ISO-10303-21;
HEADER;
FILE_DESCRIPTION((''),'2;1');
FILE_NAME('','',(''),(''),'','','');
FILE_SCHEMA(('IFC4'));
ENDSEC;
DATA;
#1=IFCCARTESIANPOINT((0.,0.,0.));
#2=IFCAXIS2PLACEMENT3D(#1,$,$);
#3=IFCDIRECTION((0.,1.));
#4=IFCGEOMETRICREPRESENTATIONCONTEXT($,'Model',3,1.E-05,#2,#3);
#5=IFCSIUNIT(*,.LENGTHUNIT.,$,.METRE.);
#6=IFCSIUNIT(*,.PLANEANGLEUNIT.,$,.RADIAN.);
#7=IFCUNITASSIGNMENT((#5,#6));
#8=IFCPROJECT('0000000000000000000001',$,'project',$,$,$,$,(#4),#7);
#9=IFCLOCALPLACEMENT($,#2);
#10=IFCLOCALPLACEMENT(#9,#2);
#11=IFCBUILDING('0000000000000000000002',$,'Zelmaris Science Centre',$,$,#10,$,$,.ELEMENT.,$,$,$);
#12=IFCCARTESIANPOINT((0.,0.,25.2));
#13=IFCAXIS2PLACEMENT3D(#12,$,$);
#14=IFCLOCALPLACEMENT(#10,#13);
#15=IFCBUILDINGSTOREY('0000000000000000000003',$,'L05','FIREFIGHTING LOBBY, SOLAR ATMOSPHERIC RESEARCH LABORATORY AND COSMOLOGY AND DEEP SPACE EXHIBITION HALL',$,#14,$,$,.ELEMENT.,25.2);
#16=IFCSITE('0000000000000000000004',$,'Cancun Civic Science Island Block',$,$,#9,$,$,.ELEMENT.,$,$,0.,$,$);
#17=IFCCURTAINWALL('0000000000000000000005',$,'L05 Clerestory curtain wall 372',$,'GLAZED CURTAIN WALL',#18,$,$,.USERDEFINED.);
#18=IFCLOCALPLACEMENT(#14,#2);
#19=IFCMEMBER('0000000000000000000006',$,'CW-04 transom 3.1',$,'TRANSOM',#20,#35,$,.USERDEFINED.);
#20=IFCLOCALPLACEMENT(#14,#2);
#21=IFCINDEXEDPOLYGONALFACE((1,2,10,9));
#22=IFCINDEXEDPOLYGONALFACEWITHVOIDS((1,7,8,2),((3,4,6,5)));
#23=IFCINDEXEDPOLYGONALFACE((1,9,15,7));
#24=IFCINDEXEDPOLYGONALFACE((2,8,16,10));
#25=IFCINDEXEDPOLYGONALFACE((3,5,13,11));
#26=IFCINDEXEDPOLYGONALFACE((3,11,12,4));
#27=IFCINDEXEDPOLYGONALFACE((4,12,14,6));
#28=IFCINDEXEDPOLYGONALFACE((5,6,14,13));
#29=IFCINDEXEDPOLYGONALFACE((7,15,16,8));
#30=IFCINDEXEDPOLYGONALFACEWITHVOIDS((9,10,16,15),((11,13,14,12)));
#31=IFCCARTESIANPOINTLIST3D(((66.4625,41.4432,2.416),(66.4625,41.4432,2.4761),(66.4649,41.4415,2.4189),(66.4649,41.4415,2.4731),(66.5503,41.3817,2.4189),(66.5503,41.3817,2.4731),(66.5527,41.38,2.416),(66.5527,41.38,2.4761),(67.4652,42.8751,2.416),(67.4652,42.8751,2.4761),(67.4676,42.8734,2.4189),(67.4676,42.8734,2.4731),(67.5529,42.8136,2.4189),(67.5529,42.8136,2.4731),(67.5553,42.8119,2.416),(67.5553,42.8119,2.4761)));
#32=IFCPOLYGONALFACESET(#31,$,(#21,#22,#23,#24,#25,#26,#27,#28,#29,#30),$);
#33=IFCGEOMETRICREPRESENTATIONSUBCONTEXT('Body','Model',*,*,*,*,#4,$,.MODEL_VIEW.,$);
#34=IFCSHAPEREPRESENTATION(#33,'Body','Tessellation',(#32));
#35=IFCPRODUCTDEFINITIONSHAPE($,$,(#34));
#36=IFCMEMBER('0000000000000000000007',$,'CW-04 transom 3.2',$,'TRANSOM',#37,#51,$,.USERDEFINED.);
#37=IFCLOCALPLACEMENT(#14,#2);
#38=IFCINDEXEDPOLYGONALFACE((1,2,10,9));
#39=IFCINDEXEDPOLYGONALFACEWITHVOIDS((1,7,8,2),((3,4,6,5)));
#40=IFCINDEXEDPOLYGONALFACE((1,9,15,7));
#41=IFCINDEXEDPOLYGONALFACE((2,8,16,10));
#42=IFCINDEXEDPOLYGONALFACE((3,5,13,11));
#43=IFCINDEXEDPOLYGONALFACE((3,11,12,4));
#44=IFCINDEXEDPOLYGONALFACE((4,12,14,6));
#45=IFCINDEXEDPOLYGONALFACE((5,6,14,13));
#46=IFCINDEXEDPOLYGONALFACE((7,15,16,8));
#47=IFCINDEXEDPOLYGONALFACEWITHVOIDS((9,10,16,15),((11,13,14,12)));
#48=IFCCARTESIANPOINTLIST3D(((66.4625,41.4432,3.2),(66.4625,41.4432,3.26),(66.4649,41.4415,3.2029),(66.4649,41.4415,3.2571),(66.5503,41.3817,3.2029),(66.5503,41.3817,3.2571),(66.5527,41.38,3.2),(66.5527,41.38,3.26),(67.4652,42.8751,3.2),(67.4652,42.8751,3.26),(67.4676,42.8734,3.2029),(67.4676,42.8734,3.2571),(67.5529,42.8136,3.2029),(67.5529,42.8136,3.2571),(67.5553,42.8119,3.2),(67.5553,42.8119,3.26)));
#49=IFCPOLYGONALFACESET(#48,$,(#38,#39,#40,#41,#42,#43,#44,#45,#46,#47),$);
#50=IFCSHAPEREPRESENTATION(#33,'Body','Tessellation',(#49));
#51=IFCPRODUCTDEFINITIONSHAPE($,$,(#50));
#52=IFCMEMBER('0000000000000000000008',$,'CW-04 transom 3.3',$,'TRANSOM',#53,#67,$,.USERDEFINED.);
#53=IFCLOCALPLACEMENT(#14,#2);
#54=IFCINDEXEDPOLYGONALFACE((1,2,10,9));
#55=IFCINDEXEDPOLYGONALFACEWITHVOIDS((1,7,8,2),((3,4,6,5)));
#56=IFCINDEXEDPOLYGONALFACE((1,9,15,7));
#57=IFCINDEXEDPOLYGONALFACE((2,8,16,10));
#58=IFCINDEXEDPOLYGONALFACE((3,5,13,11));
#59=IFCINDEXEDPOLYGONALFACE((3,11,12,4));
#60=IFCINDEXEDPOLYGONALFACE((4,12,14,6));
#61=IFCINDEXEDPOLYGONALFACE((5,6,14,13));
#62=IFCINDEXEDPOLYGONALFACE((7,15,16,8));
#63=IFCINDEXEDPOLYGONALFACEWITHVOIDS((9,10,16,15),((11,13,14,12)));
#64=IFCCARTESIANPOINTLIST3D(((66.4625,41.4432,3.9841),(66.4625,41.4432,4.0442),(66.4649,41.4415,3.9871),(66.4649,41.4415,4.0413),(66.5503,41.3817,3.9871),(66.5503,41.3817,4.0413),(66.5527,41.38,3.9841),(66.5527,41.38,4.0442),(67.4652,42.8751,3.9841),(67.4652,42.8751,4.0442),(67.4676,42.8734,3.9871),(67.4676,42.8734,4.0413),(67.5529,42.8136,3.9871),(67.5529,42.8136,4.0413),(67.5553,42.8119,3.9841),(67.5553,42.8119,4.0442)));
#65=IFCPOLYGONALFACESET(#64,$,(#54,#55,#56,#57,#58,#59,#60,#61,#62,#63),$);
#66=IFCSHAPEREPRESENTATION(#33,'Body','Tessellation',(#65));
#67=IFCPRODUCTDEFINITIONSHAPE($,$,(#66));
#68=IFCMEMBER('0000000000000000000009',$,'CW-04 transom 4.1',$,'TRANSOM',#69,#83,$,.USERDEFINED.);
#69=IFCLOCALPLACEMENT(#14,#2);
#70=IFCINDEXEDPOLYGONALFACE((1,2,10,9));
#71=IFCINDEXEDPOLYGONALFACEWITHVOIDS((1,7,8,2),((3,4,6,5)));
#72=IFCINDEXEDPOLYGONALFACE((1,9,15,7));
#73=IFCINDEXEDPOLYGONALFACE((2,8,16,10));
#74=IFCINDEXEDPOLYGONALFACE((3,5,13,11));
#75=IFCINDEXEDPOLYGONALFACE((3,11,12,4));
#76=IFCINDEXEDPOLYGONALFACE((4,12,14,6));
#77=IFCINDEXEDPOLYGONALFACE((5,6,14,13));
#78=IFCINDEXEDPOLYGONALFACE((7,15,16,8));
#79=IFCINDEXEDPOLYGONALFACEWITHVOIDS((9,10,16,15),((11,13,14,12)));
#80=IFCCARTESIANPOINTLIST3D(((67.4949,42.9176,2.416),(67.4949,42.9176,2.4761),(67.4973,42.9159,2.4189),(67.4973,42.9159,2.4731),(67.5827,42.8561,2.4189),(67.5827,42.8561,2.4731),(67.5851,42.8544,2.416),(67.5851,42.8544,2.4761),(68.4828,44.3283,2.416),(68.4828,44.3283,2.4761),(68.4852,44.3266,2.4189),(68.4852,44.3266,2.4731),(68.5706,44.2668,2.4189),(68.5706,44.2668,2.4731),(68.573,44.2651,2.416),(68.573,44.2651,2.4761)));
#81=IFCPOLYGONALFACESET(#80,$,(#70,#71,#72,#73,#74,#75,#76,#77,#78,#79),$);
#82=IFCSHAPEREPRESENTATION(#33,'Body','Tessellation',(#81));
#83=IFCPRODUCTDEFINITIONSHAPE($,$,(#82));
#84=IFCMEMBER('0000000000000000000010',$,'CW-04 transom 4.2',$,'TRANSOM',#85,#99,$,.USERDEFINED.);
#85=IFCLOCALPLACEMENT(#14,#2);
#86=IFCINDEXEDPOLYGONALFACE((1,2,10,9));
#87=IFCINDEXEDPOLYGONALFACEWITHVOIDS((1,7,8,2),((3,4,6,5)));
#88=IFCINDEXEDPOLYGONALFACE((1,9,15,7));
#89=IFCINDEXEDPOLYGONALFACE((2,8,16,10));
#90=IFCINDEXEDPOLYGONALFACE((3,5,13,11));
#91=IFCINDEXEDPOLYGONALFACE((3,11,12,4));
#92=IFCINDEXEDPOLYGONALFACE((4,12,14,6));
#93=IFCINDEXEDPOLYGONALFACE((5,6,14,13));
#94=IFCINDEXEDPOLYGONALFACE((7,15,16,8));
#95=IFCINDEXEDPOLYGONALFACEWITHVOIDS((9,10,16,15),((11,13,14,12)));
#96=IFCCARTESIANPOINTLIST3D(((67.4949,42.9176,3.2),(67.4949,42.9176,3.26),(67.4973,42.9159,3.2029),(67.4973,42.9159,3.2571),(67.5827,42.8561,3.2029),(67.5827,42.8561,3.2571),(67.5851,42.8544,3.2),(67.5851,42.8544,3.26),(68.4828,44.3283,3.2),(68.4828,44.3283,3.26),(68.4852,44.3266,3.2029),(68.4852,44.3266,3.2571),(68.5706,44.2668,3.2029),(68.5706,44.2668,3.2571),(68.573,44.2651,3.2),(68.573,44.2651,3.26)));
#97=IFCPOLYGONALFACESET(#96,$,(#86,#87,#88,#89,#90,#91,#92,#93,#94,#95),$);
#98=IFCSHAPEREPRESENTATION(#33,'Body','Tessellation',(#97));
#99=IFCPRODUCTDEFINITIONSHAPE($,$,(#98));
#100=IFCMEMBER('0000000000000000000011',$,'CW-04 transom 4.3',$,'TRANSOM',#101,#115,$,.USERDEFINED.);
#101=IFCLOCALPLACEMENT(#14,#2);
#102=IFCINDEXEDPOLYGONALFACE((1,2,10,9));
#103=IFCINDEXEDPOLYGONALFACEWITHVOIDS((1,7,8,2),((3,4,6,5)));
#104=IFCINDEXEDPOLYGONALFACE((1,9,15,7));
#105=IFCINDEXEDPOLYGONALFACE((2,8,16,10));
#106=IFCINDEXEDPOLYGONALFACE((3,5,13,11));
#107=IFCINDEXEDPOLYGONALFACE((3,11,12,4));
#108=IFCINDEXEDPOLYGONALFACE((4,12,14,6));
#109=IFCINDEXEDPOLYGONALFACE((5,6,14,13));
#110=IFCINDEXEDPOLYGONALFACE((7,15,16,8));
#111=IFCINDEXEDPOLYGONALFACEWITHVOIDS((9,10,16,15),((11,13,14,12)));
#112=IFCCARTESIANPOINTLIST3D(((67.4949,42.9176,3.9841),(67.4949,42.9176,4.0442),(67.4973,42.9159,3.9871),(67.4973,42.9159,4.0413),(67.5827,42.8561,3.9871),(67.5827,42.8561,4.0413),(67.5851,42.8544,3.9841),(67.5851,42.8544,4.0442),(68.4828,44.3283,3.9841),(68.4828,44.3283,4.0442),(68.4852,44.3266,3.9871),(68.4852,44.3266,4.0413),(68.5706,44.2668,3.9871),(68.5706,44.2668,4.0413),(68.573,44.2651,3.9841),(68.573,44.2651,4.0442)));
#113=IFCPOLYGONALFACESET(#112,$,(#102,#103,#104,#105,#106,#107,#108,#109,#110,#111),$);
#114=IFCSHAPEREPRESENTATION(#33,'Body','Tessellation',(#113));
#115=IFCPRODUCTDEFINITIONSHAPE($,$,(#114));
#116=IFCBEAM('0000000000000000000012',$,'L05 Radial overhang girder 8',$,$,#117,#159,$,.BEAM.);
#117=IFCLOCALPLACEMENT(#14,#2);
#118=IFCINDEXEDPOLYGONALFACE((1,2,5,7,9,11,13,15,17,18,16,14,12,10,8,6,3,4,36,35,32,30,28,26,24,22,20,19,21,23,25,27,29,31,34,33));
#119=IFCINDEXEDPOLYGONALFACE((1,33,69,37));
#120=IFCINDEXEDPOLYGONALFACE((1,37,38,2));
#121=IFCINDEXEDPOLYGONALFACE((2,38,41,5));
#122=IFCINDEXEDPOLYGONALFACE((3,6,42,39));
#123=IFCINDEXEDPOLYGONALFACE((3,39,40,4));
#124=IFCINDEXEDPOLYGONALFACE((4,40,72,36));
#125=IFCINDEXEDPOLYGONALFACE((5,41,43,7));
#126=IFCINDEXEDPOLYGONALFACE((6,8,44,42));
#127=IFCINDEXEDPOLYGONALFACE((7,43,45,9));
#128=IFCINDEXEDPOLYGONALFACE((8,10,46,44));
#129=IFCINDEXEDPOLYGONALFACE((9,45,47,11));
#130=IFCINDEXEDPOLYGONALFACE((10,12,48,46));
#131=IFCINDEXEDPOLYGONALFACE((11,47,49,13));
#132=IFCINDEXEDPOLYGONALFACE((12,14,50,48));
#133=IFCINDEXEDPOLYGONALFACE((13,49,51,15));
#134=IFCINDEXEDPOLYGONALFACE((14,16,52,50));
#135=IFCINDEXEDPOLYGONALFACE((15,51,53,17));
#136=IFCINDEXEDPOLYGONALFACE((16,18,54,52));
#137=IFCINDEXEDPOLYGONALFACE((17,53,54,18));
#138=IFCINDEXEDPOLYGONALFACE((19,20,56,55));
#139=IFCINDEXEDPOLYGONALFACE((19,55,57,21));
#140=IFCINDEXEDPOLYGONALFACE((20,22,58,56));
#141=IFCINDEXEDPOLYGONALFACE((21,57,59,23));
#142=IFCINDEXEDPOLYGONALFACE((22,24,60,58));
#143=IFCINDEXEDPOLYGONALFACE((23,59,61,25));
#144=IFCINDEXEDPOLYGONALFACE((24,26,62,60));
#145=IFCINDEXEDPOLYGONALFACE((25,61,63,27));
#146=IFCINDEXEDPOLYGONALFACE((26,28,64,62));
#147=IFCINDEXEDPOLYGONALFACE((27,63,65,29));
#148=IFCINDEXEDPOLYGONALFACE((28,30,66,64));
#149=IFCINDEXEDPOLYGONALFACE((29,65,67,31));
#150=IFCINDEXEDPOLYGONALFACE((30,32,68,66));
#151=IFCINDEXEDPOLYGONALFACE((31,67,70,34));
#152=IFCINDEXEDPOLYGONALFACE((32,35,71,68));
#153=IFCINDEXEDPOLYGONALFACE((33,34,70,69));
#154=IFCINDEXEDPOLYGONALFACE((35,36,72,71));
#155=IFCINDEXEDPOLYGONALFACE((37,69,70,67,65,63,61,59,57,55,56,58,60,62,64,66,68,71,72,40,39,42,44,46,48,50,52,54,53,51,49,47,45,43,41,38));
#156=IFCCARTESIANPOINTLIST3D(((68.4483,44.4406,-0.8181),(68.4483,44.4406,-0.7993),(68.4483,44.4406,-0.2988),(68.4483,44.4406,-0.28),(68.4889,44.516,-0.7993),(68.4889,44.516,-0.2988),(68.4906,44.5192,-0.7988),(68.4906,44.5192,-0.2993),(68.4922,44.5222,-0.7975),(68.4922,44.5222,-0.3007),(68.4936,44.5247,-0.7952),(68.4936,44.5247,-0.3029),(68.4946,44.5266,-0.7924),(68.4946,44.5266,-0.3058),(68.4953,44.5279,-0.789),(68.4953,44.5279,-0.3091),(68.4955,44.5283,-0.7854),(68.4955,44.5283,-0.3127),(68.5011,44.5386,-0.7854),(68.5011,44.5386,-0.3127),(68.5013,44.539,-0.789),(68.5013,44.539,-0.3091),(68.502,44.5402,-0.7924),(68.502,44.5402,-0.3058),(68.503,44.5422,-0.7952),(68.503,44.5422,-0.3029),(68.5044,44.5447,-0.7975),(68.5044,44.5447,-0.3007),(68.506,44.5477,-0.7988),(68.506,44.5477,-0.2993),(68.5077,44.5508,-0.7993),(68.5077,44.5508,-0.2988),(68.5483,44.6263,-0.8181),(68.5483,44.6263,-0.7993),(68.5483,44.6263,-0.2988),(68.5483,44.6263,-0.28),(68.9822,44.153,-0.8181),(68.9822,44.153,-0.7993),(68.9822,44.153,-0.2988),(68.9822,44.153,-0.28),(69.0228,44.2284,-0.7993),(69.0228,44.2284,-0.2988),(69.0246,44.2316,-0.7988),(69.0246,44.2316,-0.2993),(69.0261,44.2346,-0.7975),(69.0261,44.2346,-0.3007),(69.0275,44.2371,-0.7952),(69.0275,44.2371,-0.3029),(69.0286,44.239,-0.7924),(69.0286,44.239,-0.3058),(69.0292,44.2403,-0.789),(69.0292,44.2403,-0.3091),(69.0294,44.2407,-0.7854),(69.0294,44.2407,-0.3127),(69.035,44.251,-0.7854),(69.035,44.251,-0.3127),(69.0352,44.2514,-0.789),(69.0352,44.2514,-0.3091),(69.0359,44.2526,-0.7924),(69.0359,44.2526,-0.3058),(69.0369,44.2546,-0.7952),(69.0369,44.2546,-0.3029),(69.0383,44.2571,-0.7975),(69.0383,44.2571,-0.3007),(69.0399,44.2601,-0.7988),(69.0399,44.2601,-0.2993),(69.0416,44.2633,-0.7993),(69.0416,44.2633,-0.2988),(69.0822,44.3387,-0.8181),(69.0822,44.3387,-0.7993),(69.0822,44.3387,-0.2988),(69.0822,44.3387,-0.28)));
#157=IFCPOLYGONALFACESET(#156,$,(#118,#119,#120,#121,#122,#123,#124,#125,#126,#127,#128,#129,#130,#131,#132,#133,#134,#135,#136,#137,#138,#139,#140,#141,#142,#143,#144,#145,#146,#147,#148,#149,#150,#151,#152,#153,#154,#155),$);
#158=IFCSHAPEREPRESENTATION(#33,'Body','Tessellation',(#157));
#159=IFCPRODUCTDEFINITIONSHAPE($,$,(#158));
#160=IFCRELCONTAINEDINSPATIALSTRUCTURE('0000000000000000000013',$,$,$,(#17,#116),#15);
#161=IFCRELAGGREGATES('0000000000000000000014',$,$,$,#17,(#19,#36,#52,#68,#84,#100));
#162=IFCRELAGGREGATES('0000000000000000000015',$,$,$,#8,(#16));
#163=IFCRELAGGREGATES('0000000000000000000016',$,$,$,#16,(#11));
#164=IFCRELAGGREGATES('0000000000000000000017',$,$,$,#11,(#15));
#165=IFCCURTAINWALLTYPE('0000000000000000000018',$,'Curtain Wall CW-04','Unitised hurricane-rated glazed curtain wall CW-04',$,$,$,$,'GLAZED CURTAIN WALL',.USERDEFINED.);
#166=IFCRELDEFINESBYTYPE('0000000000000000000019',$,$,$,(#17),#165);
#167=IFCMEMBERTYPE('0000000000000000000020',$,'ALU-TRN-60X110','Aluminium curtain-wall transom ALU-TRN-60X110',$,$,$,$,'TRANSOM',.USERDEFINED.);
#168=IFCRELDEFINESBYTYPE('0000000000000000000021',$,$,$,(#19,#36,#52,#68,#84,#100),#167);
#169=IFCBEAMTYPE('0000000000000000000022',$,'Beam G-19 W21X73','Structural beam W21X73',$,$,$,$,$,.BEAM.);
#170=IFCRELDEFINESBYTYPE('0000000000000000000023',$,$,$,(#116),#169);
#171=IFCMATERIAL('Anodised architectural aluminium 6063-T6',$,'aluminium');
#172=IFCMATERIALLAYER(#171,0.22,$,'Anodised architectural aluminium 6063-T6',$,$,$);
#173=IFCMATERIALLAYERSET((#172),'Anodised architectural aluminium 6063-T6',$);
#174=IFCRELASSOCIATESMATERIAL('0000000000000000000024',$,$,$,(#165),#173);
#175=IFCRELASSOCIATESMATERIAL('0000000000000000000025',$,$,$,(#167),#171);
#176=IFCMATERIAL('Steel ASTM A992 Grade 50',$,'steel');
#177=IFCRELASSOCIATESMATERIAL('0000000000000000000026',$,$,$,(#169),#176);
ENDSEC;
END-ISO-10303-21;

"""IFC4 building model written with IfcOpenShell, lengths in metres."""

from ifc_helpers import new_model, si_unit, direction, frame, origin, origin_2d, place, context, subcontext, project, spatial, hollow_rectangle, i_section, extrude, material, layer, layer_set, material_profile, profile_set, type_object, element, aggregate, save


model = new_model("IFC4")

# Units and contexts
model_context = context("Model", 3, precision=1e-05, world=origin(), true_north=direction((0.0, 1.0)))
body_context = subcontext(model_context, "Body", "Model", "MODEL_VIEW")
ifc_project = project(units=[si_unit("LENGTHUNIT", "METRE"), si_unit("PLANEANGLEUNIT", "RADIAN")], contexts=[model_context])

# Site, building, storey
site_placement = place(None, origin())
site = spatial("IfcSite", under=ifc_project, at=site_placement, Name="Cancun Civic Science Island Block", CompositionType="ELEMENT", RefElevation=0.0)
building_placement = place(site_placement, origin())
building = spatial("IfcBuilding", under=site, at=building_placement, Name="Zelmaris Science Centre", CompositionType="ELEMENT")
storey_placement = place(building_placement, frame((0.0, 0.0, 25.2)))
storey = spatial("IfcBuildingStorey", under=building, at=storey_placement, Name="L05", Description="FIREFIGHTING LOBBY, SOLAR ATMOSPHERIC RESEARCH LABORATORY AND COSMOLOGY AND DEEP SPACE EXHIBITION HALL", CompositionType="ELEMENT", Elevation=25.2)

# Shared definitions
ifc_material_1 = material(Name="Steel ASTM A992 Grade 50", Category="steel")

# Curtain wall, members
ifc_material_2 = material(Name="Anodised architectural aluminium 6063-T6", Category="aluminium")
ifc_layer_1 = layer(ifc_material_2, 0.22, Name="Anodised architectural aluminium 6063-T6")
ifc_layer_set_1 = layer_set([ifc_layer_1], Name="Anodised architectural aluminium 6063-T6")
curtain_wall_type = type_object("IfcCurtainWallType", Name="Curtain Wall CW-04", Description="Unitised hurricane-rated glazed curtain wall CW-04", ElementType="GLAZED CURTAIN WALL", PredefinedType="USERDEFINED", material=ifc_layer_set_1)
curtain_wall_placement = place(storey_placement, origin())
curtain_wall = element("IfcCurtainWall", 1, at=curtain_wall_placement, inside=storey, type_object=curtain_wall_type, Name="L05 Clerestory curtain wall 372", ObjectType="GLAZED CURTAIN WALL", PredefinedType="USERDEFINED")
ifc_material_profile_1 = material_profile(ifc_material_2, hollow_rectangle(XDim=0.0601, YDim=0.1101, WallThickness=0.0029, at=origin_2d()), Name="ALU-TRN-60X110")
ifc_profile_set_1 = profile_set([ifc_material_profile_1], Name="Anodised architectural aluminium 6063-T6")
member_type_1 = type_object("IfcMemberType", Name="ALU-TRN-60X110", Description="Aluminium curtain-wall transom ALU-TRN-60X110", ElementType="TRANSOM", PredefinedType="USERDEFINED", material=ifc_profile_set_1)
member_1_placement = place(storey_placement, frame((66.5076, 41.4116, 2.446), z_axis=(0.573603, 0.819133, 0.0), x_axis=(0.0, 0.0, 1.0)))
member_1 = element("IfcMember", 2, at=member_1_placement, type_object=member_type_1, Name="CW-04 transom 3.1", ObjectType="TRANSOM", PredefinedType="USERDEFINED", context=body_context, shape_type="SweptSolid", body=[
    extrude(hollow_rectangle(XDim=0.0601, YDim=0.1101, WallThickness=0.0029, at=origin_2d()), origin(), (0.0, 0.0, 1.0), 1.748),
])
member_2_placement = place(storey_placement, frame((66.5076, 41.4116, 3.23), z_axis=(0.573603, 0.819133, 0.0), x_axis=(0.0, 0.0, 1.0)))
member_2 = element("IfcMember", 3, at=member_2_placement, type_object=member_type_1, Name="CW-04 transom 3.2", ObjectType="TRANSOM", PredefinedType="USERDEFINED", context=body_context, shape_type="SweptSolid", body=[
    extrude(hollow_rectangle(XDim=0.0601, YDim=0.1101, WallThickness=0.0029, at=origin_2d()), origin(), (0.0, 0.0, 1.0), 1.748),
])
member_3_placement = place(storey_placement, frame((66.5076, 41.4116, 4.0142), z_axis=(0.573603, 0.819133, 0.0), x_axis=(0.0, 0.0, 1.0)))
member_3 = element("IfcMember", 4, at=member_3_placement, type_object=member_type_1, Name="CW-04 transom 3.3", ObjectType="TRANSOM", PredefinedType="USERDEFINED", context=body_context, shape_type="SweptSolid", body=[
    extrude(hollow_rectangle(XDim=0.0601, YDim=0.1101, WallThickness=0.0029, at=origin_2d()), origin(), (0.0, 0.0, 1.0), 1.748),
])
member_4_placement = place(storey_placement, frame((67.54, 42.886, 2.446), z_axis=(0.573596, 0.819139, 0.0), x_axis=(0.0, 0.0, 1.0)))
member_4 = element("IfcMember", 5, at=member_4_placement, type_object=member_type_1, Name="CW-04 transom 4.1", ObjectType="TRANSOM", PredefinedType="USERDEFINED", context=body_context, shape_type="SweptSolid", body=[
    extrude(hollow_rectangle(XDim=0.0601, YDim=0.1101, WallThickness=0.0029, at=origin_2d()), origin(), (0.0, 0.0, 1.0), 1.7222),
])
member_5_placement = place(storey_placement, frame((67.54, 42.886, 3.23), z_axis=(0.573596, 0.819139, 0.0), x_axis=(0.0, 0.0, 1.0)))
member_5 = element("IfcMember", 6, at=member_5_placement, type_object=member_type_1, Name="CW-04 transom 4.2", ObjectType="TRANSOM", PredefinedType="USERDEFINED", context=body_context, shape_type="SweptSolid", body=[
    extrude(hollow_rectangle(XDim=0.0601, YDim=0.1101, WallThickness=0.0029, at=origin_2d()), origin(), (0.0, 0.0, 1.0), 1.7222),
])
member_6_placement = place(storey_placement, frame((67.54, 42.886, 4.0142), z_axis=(0.573596, 0.819139, 0.0), x_axis=(0.0, 0.0, 1.0)))
member_6 = element("IfcMember", 7, at=member_6_placement, type_object=member_type_1, Name="CW-04 transom 4.3", ObjectType="TRANSOM", PredefinedType="USERDEFINED", context=body_context, shape_type="SweptSolid", body=[
    extrude(hollow_rectangle(XDim=0.0601, YDim=0.1101, WallThickness=0.0029, at=origin_2d()), origin(), (0.0, 0.0, 1.0), 1.7222),
])

# Beam
ifc_material_profile_2 = material_profile(ifc_material_1, i_section(OverallWidth=0.2109, OverallDepth=0.5381, WebThickness=0.0117, FlangeThickness=0.0188, FilletRadius=0.0139, at=origin_2d()), Name="W21X73")
ifc_profile_set_2 = profile_set([ifc_material_profile_2], Name="Steel ASTM A992 Grade 50")
beam_type_1 = type_object("IfcBeamType", Name="Beam G-19 W21X73", Description="Structural beam W21X73", PredefinedType="BEAM", material=ifc_profile_set_2)
beam_1_placement = place(storey_placement, frame((69.0322, 44.2458, -0.5491), z_axis=(-0.880406, 0.47422, 0.0), x_axis=(-0.47422, -0.880406, 0.0)))
element("IfcBeam", 8, at=beam_1_placement, inside=storey, type_object=beam_type_1, Name="L05 Radial overhang girder 8", PredefinedType="BEAM", context=body_context, shape_type="SweptSolid", body=[
    extrude(i_section(OverallWidth=0.2109, OverallDepth=0.5381, WebThickness=0.0117, FlangeThickness=0.0188, FilletRadius=0.0139, at=origin_2d()), origin(), (0.0, 0.0, 1.0), 0.6064),
])

aggregate(curtain_wall, [member_1, member_2, member_3, member_4, member_5, member_6])

save(model, "model.ifc")
